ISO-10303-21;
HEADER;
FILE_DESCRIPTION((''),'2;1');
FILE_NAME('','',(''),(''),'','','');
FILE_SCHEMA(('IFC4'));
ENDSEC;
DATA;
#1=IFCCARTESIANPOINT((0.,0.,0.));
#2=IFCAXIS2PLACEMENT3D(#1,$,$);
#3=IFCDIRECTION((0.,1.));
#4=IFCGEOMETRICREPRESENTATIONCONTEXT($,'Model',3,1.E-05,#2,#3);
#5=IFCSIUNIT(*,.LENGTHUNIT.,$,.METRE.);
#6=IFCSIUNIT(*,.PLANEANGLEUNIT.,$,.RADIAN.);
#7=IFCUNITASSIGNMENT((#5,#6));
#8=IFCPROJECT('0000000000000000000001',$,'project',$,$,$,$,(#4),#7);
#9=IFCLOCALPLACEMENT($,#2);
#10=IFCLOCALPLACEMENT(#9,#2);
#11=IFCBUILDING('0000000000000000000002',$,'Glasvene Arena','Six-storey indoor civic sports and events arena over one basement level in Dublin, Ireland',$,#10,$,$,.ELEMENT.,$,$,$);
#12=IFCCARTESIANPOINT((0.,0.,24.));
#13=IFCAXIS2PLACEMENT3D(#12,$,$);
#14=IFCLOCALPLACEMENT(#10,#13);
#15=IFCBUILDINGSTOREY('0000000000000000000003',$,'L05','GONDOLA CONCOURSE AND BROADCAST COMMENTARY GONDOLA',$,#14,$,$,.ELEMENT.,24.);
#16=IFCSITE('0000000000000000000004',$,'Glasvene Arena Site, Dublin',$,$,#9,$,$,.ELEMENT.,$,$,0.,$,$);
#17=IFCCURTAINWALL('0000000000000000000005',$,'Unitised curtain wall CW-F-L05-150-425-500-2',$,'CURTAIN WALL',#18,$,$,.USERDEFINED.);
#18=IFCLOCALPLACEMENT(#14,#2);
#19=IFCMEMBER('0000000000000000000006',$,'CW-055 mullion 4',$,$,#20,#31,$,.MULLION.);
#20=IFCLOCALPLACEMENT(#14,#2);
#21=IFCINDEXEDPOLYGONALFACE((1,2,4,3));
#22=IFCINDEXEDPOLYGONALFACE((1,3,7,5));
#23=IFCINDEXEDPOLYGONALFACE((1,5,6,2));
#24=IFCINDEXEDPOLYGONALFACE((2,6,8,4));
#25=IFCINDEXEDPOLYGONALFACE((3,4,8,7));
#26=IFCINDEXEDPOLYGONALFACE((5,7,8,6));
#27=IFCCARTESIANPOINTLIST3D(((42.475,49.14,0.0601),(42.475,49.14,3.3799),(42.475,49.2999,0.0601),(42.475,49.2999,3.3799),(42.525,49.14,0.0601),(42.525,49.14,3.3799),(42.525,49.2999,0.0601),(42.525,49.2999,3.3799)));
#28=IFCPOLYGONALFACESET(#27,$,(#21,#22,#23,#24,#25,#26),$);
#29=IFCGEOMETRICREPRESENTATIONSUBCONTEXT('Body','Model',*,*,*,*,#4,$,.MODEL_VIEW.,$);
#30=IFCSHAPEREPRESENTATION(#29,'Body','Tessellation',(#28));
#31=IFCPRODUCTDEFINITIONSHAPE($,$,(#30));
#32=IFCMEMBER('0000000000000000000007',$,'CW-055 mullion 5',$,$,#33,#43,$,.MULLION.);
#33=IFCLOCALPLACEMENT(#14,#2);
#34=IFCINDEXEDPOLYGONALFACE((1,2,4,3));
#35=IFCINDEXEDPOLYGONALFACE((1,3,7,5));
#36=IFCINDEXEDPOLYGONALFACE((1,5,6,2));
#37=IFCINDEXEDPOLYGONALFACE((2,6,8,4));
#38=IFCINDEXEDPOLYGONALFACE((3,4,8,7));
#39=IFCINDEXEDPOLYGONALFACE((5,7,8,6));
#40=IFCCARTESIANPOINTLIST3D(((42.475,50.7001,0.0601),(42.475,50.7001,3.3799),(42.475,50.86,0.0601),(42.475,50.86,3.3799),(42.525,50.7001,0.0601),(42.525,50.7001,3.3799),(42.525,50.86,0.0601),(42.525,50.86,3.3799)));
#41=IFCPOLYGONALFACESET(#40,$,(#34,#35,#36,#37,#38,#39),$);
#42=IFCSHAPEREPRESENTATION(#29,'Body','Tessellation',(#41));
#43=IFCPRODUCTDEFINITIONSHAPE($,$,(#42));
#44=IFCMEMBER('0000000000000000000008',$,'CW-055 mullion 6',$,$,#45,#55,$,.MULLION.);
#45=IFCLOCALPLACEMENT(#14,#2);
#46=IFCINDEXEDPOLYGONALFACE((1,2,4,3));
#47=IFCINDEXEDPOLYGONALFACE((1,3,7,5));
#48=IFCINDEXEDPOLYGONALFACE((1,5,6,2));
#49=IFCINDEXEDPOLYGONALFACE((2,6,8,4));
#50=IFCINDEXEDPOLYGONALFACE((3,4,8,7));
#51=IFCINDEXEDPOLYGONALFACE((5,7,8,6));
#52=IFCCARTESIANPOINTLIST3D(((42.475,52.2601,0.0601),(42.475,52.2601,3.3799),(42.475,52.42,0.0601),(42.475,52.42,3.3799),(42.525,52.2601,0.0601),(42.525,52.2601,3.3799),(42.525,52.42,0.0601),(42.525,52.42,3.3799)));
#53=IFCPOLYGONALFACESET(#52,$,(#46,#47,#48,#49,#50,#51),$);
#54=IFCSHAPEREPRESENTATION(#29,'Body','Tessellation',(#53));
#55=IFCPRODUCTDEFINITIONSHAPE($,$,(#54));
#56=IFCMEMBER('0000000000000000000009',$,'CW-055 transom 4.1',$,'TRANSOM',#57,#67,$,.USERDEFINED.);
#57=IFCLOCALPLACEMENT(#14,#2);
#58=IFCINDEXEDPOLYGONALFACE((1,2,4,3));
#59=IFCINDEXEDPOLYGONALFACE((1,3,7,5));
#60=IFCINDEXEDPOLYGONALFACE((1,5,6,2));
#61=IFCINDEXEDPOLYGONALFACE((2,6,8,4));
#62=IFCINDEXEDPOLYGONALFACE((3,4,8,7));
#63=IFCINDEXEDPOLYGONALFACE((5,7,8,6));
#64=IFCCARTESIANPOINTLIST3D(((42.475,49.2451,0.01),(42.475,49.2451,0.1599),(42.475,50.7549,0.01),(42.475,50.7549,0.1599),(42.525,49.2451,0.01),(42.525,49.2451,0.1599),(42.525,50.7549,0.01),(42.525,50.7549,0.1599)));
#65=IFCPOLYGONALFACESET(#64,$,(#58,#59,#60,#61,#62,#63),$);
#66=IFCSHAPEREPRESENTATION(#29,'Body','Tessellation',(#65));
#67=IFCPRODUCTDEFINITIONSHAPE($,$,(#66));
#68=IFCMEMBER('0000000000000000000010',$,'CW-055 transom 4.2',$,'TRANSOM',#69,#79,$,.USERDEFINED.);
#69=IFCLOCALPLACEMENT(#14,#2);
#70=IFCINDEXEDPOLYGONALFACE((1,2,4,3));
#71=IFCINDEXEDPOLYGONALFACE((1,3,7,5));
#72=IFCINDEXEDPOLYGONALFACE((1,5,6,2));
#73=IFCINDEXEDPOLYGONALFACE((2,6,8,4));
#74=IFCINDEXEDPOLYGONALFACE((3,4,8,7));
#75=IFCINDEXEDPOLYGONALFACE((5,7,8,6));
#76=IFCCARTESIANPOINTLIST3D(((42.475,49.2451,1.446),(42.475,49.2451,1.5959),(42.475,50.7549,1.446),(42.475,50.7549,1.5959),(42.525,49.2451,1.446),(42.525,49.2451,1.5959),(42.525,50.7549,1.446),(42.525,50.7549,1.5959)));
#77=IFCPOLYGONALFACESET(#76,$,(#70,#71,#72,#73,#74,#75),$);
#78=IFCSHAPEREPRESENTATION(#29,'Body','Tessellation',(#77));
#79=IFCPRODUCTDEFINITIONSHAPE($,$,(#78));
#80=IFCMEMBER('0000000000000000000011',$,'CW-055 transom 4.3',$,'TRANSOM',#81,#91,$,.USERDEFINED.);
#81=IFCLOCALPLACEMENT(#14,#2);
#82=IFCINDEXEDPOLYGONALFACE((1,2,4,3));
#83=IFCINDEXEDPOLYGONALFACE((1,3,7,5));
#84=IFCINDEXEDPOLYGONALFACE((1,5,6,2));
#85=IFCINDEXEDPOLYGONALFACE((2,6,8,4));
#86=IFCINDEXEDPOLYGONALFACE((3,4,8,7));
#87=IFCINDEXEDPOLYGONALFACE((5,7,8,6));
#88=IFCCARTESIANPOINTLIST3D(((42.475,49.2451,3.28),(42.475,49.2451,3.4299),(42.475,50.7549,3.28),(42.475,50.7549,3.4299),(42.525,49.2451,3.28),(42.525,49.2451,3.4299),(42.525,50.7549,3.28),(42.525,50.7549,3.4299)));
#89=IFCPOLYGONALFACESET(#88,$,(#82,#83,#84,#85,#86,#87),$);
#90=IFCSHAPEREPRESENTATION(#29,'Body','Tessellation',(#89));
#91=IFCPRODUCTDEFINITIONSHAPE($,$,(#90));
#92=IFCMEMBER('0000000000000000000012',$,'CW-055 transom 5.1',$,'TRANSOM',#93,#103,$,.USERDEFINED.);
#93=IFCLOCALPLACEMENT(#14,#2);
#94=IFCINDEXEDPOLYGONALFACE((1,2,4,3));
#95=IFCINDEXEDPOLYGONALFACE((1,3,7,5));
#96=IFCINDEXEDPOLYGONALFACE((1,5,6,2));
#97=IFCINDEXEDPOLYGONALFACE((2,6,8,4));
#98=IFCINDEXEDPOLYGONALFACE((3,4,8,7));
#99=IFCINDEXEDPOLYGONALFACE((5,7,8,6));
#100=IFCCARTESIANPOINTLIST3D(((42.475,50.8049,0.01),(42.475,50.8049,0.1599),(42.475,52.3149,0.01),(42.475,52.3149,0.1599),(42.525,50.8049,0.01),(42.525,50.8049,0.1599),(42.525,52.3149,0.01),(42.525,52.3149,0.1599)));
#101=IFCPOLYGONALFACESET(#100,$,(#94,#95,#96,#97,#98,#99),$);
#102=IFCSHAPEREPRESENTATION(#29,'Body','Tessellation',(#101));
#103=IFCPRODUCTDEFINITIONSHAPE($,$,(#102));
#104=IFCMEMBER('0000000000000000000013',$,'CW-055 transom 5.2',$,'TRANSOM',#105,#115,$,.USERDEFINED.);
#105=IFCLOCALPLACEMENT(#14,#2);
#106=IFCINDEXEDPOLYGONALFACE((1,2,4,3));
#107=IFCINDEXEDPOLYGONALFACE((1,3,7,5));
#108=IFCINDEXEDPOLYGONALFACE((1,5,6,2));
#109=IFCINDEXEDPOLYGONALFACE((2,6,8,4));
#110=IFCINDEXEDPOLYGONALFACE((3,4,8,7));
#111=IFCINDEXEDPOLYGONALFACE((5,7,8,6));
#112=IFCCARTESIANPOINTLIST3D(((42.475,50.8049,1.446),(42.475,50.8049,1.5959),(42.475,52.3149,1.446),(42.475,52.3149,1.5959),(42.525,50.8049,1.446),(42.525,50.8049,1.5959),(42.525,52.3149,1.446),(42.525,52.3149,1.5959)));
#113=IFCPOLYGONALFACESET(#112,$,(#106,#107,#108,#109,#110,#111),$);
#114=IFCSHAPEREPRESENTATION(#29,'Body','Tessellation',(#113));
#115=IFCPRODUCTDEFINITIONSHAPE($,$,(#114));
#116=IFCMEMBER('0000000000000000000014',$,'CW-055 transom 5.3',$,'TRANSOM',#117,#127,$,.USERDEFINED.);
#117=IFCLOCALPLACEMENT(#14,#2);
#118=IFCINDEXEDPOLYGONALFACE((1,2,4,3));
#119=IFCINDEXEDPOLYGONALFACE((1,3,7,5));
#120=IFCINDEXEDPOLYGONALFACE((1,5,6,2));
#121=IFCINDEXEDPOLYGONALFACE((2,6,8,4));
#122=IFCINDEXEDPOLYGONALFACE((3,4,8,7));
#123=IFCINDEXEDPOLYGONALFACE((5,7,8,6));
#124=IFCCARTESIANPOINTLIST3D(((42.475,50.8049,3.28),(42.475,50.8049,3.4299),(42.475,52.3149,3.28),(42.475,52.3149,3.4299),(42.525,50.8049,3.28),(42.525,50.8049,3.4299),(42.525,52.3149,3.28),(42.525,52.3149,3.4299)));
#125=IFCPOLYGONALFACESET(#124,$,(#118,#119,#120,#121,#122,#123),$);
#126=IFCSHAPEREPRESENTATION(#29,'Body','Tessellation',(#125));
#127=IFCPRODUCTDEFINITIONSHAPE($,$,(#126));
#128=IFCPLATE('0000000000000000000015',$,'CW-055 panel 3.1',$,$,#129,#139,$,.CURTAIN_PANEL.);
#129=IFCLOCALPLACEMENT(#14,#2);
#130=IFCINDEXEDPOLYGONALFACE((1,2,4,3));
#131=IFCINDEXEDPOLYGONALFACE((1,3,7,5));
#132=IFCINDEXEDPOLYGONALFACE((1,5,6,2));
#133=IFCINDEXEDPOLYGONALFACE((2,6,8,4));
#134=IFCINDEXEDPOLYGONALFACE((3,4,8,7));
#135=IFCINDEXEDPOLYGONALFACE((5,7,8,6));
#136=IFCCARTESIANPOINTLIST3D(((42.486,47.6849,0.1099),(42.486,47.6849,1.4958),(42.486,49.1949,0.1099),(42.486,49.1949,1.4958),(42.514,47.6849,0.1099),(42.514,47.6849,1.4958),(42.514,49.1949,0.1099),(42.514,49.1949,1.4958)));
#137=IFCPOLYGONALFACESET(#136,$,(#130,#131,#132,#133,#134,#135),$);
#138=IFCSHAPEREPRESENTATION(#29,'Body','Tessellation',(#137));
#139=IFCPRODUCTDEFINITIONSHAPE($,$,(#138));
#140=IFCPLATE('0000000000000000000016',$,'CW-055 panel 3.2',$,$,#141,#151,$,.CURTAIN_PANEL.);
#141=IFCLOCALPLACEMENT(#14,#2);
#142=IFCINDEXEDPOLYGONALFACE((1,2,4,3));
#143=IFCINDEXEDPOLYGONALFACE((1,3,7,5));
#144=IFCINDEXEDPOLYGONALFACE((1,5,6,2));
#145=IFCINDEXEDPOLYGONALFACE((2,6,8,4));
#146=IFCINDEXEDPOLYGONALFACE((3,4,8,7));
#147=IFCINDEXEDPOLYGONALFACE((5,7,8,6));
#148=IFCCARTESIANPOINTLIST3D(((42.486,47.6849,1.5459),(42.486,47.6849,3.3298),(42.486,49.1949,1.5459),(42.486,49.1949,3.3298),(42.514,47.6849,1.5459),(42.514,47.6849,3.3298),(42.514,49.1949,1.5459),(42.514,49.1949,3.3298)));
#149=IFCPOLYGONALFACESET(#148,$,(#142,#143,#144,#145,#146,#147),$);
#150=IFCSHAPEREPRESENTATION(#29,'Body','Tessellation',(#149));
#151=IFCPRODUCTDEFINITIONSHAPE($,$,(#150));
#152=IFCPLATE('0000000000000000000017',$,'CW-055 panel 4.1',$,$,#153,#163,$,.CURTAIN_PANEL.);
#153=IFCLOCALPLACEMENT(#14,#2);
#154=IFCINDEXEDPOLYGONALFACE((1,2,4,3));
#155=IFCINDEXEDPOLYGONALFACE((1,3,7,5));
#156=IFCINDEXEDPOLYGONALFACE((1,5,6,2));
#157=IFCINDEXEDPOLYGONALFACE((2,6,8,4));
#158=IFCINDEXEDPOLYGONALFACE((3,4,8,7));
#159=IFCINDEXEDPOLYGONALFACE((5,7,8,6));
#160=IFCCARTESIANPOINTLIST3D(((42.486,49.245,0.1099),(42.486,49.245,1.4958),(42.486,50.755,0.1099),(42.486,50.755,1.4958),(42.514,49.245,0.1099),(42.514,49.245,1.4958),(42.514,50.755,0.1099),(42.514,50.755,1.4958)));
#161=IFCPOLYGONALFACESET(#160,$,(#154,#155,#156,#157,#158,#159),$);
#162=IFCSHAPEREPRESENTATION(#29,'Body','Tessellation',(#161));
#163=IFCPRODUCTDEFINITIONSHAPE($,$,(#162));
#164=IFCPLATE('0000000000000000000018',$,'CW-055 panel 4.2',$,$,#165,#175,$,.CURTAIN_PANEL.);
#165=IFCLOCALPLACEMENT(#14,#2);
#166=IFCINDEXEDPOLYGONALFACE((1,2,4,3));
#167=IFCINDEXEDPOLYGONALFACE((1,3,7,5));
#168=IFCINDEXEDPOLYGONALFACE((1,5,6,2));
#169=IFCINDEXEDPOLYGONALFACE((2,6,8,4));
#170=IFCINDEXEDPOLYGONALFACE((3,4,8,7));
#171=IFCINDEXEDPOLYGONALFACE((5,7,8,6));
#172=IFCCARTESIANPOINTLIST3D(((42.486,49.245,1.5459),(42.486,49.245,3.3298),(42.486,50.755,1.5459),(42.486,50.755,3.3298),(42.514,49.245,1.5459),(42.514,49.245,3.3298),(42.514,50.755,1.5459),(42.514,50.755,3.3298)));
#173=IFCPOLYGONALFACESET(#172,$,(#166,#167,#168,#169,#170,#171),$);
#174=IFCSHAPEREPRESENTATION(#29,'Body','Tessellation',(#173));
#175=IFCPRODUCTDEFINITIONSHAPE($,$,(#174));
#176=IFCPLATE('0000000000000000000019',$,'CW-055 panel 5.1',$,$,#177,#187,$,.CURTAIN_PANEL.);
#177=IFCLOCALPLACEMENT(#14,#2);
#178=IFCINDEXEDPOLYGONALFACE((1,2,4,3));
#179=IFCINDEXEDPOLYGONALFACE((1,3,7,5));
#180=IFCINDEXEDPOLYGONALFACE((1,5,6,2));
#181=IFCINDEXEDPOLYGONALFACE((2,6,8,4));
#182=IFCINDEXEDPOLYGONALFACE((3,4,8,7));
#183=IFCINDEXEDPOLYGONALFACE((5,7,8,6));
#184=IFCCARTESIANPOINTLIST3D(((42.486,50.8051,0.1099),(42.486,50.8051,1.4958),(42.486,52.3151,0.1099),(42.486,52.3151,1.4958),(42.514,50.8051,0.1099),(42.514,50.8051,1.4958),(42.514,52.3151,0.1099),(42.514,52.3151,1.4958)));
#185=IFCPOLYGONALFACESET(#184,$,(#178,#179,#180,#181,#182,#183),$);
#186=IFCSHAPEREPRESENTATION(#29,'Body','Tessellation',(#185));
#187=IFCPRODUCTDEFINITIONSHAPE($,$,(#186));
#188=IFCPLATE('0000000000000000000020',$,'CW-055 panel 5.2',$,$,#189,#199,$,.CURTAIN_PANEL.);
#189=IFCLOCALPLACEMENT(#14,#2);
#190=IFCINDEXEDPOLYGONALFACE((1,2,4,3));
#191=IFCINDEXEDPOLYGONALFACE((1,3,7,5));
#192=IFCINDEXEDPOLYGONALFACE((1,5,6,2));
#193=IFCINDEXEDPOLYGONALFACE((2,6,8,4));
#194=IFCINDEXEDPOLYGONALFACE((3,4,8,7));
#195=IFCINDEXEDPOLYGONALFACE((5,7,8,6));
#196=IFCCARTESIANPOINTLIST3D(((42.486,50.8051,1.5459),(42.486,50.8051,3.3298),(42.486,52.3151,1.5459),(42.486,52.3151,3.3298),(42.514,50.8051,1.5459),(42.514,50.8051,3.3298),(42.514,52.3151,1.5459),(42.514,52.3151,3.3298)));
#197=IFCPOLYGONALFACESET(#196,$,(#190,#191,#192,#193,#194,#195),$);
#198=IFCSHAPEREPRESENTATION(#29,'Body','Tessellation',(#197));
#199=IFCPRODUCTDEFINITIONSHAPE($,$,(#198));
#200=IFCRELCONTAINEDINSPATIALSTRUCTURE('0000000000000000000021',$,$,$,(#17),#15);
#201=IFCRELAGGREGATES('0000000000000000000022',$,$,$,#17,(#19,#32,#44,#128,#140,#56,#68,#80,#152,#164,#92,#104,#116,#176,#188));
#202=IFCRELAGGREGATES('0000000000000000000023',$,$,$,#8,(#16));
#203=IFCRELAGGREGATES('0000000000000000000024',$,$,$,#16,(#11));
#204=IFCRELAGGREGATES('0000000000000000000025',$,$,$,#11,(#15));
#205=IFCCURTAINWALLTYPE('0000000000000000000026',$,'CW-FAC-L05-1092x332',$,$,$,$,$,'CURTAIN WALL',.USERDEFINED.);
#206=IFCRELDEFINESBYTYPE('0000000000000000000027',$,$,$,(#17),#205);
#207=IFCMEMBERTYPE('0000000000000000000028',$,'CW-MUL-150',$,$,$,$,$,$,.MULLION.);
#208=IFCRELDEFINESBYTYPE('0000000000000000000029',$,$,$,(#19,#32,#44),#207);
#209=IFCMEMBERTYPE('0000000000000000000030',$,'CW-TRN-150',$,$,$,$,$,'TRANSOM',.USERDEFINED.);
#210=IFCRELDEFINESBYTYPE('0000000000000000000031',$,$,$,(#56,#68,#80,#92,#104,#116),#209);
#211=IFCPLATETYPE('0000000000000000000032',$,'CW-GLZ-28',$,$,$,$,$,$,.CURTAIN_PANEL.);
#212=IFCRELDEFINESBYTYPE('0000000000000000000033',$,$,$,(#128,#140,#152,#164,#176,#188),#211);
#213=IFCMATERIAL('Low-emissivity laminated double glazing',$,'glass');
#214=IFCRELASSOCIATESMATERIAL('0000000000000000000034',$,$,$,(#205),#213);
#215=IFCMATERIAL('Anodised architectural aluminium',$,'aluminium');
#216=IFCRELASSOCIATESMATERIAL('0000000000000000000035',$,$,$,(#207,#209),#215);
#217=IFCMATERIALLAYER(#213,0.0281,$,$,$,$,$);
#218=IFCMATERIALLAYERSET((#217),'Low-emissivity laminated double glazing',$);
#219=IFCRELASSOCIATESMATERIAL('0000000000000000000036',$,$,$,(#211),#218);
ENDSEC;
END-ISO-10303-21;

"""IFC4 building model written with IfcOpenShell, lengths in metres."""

from ifc_helpers import new_model, si_unit, direction, frame, origin, origin_2d, place, context, subcontext, project, spatial, rectangle, extrude, material, layer, layer_set, material_profile, profile_set, type_object, element, aggregate, save


model = new_model("IFC4")

# Units and contexts
model_context = context("Model", 3, precision=1e-05, world=origin(), true_north=direction((0.0, 1.0)))
body_context = subcontext(model_context, "Body", "Model", "MODEL_VIEW")
ifc_project = project(units=[si_unit("LENGTHUNIT", "METRE"), si_unit("PLANEANGLEUNIT", "RADIAN")], contexts=[model_context])

# Site, building, storey
site_placement = place(None, origin())
site = spatial("IfcSite", under=ifc_project, at=site_placement, Name="Glasvene Arena Site, Dublin", CompositionType="ELEMENT", RefElevation=0.0)
building_placement = place(site_placement, origin())
building = spatial("IfcBuilding", under=site, at=building_placement, Name="Glasvene Arena", Description="Six-storey indoor civic sports and events arena over one basement level in Dublin, Ireland", CompositionType="ELEMENT")
storey_placement = place(building_placement, frame((0.0, 0.0, 24.0)))
storey = spatial("IfcBuildingStorey", under=building, at=storey_placement, Name="L05", Description="GONDOLA CONCOURSE AND BROADCAST COMMENTARY GONDOLA", CompositionType="ELEMENT", Elevation=24.0)

# Curtain wall, members, plates
ifc_material_1 = material(Name="Low-emissivity laminated double glazing", Category="glass")
curtain_wall_type = type_object("IfcCurtainWallType", Name="CW-FAC-L05-1092x332", ElementType="CURTAIN WALL", PredefinedType="USERDEFINED", material=ifc_material_1)
curtain_wall_placement = place(storey_placement, frame((42.5, 44.54, 0.0)))
curtain_wall = element("IfcCurtainWall", 1, at=curtain_wall_placement, inside=storey, type_object=curtain_wall_type, Name="Unitised curtain wall CW-F-L05-150-425-500-2", ObjectType="CURTAIN WALL", PredefinedType="USERDEFINED")
ifc_material_2 = material(Name="Anodised architectural aluminium", Category="aluminium")
ifc_material_profile_1 = material_profile(ifc_material_2, rectangle(XDim=0.05, YDim=0.1599, at=origin_2d()), Name="ALU MULLION 50x160")
ifc_profile_set_1 = profile_set([ifc_material_profile_1], Name="Anodised architectural aluminium")
member_type_1 = type_object("IfcMemberType", Name="CW-MUL-150", PredefinedType="MULLION", material=ifc_profile_set_1)
member_1_placement = place(storey_placement, frame((42.5, 49.22, 0.0601), z_axis=(0.0, 0.0, 1.0), x_axis=(-1.0, 0.0, 0.0)))
member_1 = element("IfcMember", 2, at=member_1_placement, type_object=member_type_1, Name="CW-055 mullion 4", PredefinedType="MULLION", context=body_context, shape_type="SweptSolid", body=[
    extrude(rectangle(XDim=0.05, YDim=0.1599, at=origin_2d()), origin(), (0.0, 0.0, 1.0), 3.3198),
])
member_2_placement = place(storey_placement, frame((42.5, 50.78, 0.0601), z_axis=(0.0, 0.0, 1.0), x_axis=(-1.0, 0.0, 0.0)))
member_2 = element("IfcMember", 3, at=member_2_placement, type_object=member_type_1, Name="CW-055 mullion 5", PredefinedType="MULLION", context=body_context, shape_type="SweptSolid", body=[
    extrude(rectangle(XDim=0.05, YDim=0.1599, at=origin_2d()), origin(), (0.0, 0.0, 1.0), 3.3198),
])
member_3_placement = place(storey_placement, frame((42.5, 52.3401, 0.0601), z_axis=(0.0, 0.0, 1.0), x_axis=(-1.0, 0.0, 0.0)))
member_3 = element("IfcMember", 4, at=member_3_placement, type_object=member_type_1, Name="CW-055 mullion 6", PredefinedType="MULLION", context=body_context, shape_type="SweptSolid", body=[
    extrude(rectangle(XDim=0.05, YDim=0.1599, at=origin_2d()), origin(), (0.0, 0.0, 1.0), 3.3198),
])
ifc_material_profile_2 = material_profile(ifc_material_2, rectangle(XDim=0.05, YDim=0.1499, at=origin_2d()), Name="ALU TRANSOM 50x150")
ifc_profile_set_2 = profile_set([ifc_material_profile_2], Name="Anodised architectural aluminium")
member_type_2 = type_object("IfcMemberType", Name="CW-TRN-150", ElementType="TRANSOM", PredefinedType="USERDEFINED", material=ifc_profile_set_2)
member_4_placement = place(storey_placement, frame((42.5, 49.2451, 0.085), z_axis=(0.0, 1.0, 0.0), x_axis=(-1.0, 0.0, 0.0)))
member_4 = element("IfcMember", 5, at=member_4_placement, type_object=member_type_2, Name="CW-055 transom 4.1", ObjectType="TRANSOM", PredefinedType="USERDEFINED", context=body_context, shape_type="SweptSolid", body=[
    extrude(rectangle(XDim=0.05, YDim=0.1499, at=origin_2d()), origin(), (0.0, 0.0, 1.0), 1.5098),
])
member_5_placement = place(storey_placement, frame((42.5, 49.2451, 1.521), z_axis=(0.0, 1.0, 0.0), x_axis=(-1.0, 0.0, 0.0)))
member_5 = element("IfcMember", 6, at=member_5_placement, type_object=member_type_2, Name="CW-055 transom 4.2", ObjectType="TRANSOM", PredefinedType="USERDEFINED", context=body_context, shape_type="SweptSolid", body=[
    extrude(rectangle(XDim=0.05, YDim=0.1499, at=origin_2d()), origin(), (0.0, 0.0, 1.0), 1.5098),
])
member_6_placement = place(storey_placement, frame((42.5, 49.2451, 3.355), z_axis=(0.0, 1.0, 0.0), x_axis=(-1.0, 0.0, 0.0)))
member_6 = element("IfcMember", 7, at=member_6_placement, type_object=member_type_2, Name="CW-055 transom 4.3", ObjectType="TRANSOM", PredefinedType="USERDEFINED", context=body_context, shape_type="SweptSolid", body=[
    extrude(rectangle(XDim=0.05, YDim=0.1499, at=origin_2d()), origin(), (0.0, 0.0, 1.0), 1.5098),
])
member_7_placement = place(storey_placement, frame((42.5, 50.8049, 0.085), z_axis=(0.0, 1.0, 0.0), x_axis=(-1.0, 0.0, 0.0)))
member_7 = element("IfcMember", 8, at=member_7_placement, type_object=member_type_2, Name="CW-055 transom 5.1", ObjectType="TRANSOM", PredefinedType="USERDEFINED", context=body_context, shape_type="SweptSolid", body=[
    extrude(rectangle(XDim=0.05, YDim=0.1499, at=origin_2d()), origin(), (0.0, 0.0, 1.0), 1.51),
])
member_8_placement = place(storey_placement, frame((42.5, 50.8049, 1.521), z_axis=(0.0, 1.0, 0.0), x_axis=(-1.0, 0.0, 0.0)))
member_8 = element("IfcMember", 9, at=member_8_placement, type_object=member_type_2, Name="CW-055 transom 5.2", ObjectType="TRANSOM", PredefinedType="USERDEFINED", context=body_context, shape_type="SweptSolid", body=[
    extrude(rectangle(XDim=0.05, YDim=0.1499, at=origin_2d()), origin(), (0.0, 0.0, 1.0), 1.51),
])
member_9_placement = place(storey_placement, frame((42.5, 50.8049, 3.355), z_axis=(0.0, 1.0, 0.0), x_axis=(-1.0, 0.0, 0.0)))
member_9 = element("IfcMember", 10, at=member_9_placement, type_object=member_type_2, Name="CW-055 transom 5.3", ObjectType="TRANSOM", PredefinedType="USERDEFINED", context=body_context, shape_type="SweptSolid", body=[
    extrude(rectangle(XDim=0.05, YDim=0.1499, at=origin_2d()), origin(), (0.0, 0.0, 1.0), 1.51),
])
ifc_layer_1 = layer(ifc_material_1, 0.0281)
ifc_layer_set_1 = layer_set([ifc_layer_1], Name="Low-emissivity laminated double glazing")
plate_type = type_object("IfcPlateType", Name="CW-GLZ-28", PredefinedType="CURTAIN_PANEL", material=ifc_layer_set_1)
plate_1_placement = place(storey_placement, frame((42.5, 48.4399, 0.1099), z_axis=(0.0, 0.0, 1.0), x_axis=(0.0, 1.0, 0.0)))
plate_1 = element("IfcPlate", 11, at=plate_1_placement, type_object=plate_type, Name="CW-055 panel 3.1", PredefinedType="CURTAIN_PANEL", context=body_context, shape_type="SweptSolid", body=[
    extrude(rectangle(XDim=1.51, YDim=0.0281, at=origin_2d()), origin(), (0.0, 0.0, 1.0), 1.386),
])
plate_2_placement = place(storey_placement, frame((42.5, 48.4399, 1.5459), z_axis=(0.0, 0.0, 1.0), x_axis=(0.0, 1.0, 0.0)))
plate_2 = element("IfcPlate", 12, at=plate_2_placement, type_object=plate_type, Name="CW-055 panel 3.2", PredefinedType="CURTAIN_PANEL", context=body_context, shape_type="SweptSolid", body=[
    extrude(rectangle(XDim=1.51, YDim=0.0281, at=origin_2d()), origin(), (0.0, 0.0, 1.0), 1.7839),
])
plate_3_placement = place(storey_placement, frame((42.5, 50.0, 0.1099), z_axis=(0.0, 0.0, 1.0), x_axis=(0.0, 1.0, 0.0)))
plate_3 = element("IfcPlate", 13, at=plate_3_placement, type_object=plate_type, Name="CW-055 panel 4.1", PredefinedType="CURTAIN_PANEL", context=body_context, shape_type="SweptSolid", body=[
    extrude(rectangle(XDim=1.51, YDim=0.0281, at=origin_2d()), origin(), (0.0, 0.0, 1.0), 1.386),
])
plate_4_placement = place(storey_placement, frame((42.5, 50.0, 1.5459), z_axis=(0.0, 0.0, 1.0), x_axis=(0.0, 1.0, 0.0)))
plate_4 = element("IfcPlate", 14, at=plate_4_placement, type_object=plate_type, Name="CW-055 panel 4.2", PredefinedType="CURTAIN_PANEL", context=body_context, shape_type="SweptSolid", body=[
    extrude(rectangle(XDim=1.51, YDim=0.0281, at=origin_2d()), origin(), (0.0, 0.0, 1.0), 1.7839),
])
plate_5_placement = place(storey_placement, frame((42.5, 51.5601, 0.1099), z_axis=(0.0, 0.0, 1.0), x_axis=(0.0, 1.0, 0.0)))
plate_5 = element("IfcPlate", 15, at=plate_5_placement, type_object=plate_type, Name="CW-055 panel 5.1", PredefinedType="CURTAIN_PANEL", context=body_context, shape_type="SweptSolid", body=[
    extrude(rectangle(XDim=1.51, YDim=0.0281, at=origin_2d()), origin(), (0.0, 0.0, 1.0), 1.386),
])
plate_6_placement = place(storey_placement, frame((42.5, 51.5601, 1.5459), z_axis=(0.0, 0.0, 1.0), x_axis=(0.0, 1.0, 0.0)))
plate_6 = element("IfcPlate", 16, at=plate_6_placement, type_object=plate_type, Name="CW-055 panel 5.2", PredefinedType="CURTAIN_PANEL", context=body_context, shape_type="SweptSolid", body=[
    extrude(rectangle(XDim=1.51, YDim=0.0281, at=origin_2d()), origin(), (0.0, 0.0, 1.0), 1.7839),
])
aggregate(curtain_wall, [member_1, member_2, member_3, plate_1, plate_2, member_4, member_5, member_6, plate_3, plate_4, member_7, member_8, member_9, plate_5, plate_6])

save(model, "model.ifc")
